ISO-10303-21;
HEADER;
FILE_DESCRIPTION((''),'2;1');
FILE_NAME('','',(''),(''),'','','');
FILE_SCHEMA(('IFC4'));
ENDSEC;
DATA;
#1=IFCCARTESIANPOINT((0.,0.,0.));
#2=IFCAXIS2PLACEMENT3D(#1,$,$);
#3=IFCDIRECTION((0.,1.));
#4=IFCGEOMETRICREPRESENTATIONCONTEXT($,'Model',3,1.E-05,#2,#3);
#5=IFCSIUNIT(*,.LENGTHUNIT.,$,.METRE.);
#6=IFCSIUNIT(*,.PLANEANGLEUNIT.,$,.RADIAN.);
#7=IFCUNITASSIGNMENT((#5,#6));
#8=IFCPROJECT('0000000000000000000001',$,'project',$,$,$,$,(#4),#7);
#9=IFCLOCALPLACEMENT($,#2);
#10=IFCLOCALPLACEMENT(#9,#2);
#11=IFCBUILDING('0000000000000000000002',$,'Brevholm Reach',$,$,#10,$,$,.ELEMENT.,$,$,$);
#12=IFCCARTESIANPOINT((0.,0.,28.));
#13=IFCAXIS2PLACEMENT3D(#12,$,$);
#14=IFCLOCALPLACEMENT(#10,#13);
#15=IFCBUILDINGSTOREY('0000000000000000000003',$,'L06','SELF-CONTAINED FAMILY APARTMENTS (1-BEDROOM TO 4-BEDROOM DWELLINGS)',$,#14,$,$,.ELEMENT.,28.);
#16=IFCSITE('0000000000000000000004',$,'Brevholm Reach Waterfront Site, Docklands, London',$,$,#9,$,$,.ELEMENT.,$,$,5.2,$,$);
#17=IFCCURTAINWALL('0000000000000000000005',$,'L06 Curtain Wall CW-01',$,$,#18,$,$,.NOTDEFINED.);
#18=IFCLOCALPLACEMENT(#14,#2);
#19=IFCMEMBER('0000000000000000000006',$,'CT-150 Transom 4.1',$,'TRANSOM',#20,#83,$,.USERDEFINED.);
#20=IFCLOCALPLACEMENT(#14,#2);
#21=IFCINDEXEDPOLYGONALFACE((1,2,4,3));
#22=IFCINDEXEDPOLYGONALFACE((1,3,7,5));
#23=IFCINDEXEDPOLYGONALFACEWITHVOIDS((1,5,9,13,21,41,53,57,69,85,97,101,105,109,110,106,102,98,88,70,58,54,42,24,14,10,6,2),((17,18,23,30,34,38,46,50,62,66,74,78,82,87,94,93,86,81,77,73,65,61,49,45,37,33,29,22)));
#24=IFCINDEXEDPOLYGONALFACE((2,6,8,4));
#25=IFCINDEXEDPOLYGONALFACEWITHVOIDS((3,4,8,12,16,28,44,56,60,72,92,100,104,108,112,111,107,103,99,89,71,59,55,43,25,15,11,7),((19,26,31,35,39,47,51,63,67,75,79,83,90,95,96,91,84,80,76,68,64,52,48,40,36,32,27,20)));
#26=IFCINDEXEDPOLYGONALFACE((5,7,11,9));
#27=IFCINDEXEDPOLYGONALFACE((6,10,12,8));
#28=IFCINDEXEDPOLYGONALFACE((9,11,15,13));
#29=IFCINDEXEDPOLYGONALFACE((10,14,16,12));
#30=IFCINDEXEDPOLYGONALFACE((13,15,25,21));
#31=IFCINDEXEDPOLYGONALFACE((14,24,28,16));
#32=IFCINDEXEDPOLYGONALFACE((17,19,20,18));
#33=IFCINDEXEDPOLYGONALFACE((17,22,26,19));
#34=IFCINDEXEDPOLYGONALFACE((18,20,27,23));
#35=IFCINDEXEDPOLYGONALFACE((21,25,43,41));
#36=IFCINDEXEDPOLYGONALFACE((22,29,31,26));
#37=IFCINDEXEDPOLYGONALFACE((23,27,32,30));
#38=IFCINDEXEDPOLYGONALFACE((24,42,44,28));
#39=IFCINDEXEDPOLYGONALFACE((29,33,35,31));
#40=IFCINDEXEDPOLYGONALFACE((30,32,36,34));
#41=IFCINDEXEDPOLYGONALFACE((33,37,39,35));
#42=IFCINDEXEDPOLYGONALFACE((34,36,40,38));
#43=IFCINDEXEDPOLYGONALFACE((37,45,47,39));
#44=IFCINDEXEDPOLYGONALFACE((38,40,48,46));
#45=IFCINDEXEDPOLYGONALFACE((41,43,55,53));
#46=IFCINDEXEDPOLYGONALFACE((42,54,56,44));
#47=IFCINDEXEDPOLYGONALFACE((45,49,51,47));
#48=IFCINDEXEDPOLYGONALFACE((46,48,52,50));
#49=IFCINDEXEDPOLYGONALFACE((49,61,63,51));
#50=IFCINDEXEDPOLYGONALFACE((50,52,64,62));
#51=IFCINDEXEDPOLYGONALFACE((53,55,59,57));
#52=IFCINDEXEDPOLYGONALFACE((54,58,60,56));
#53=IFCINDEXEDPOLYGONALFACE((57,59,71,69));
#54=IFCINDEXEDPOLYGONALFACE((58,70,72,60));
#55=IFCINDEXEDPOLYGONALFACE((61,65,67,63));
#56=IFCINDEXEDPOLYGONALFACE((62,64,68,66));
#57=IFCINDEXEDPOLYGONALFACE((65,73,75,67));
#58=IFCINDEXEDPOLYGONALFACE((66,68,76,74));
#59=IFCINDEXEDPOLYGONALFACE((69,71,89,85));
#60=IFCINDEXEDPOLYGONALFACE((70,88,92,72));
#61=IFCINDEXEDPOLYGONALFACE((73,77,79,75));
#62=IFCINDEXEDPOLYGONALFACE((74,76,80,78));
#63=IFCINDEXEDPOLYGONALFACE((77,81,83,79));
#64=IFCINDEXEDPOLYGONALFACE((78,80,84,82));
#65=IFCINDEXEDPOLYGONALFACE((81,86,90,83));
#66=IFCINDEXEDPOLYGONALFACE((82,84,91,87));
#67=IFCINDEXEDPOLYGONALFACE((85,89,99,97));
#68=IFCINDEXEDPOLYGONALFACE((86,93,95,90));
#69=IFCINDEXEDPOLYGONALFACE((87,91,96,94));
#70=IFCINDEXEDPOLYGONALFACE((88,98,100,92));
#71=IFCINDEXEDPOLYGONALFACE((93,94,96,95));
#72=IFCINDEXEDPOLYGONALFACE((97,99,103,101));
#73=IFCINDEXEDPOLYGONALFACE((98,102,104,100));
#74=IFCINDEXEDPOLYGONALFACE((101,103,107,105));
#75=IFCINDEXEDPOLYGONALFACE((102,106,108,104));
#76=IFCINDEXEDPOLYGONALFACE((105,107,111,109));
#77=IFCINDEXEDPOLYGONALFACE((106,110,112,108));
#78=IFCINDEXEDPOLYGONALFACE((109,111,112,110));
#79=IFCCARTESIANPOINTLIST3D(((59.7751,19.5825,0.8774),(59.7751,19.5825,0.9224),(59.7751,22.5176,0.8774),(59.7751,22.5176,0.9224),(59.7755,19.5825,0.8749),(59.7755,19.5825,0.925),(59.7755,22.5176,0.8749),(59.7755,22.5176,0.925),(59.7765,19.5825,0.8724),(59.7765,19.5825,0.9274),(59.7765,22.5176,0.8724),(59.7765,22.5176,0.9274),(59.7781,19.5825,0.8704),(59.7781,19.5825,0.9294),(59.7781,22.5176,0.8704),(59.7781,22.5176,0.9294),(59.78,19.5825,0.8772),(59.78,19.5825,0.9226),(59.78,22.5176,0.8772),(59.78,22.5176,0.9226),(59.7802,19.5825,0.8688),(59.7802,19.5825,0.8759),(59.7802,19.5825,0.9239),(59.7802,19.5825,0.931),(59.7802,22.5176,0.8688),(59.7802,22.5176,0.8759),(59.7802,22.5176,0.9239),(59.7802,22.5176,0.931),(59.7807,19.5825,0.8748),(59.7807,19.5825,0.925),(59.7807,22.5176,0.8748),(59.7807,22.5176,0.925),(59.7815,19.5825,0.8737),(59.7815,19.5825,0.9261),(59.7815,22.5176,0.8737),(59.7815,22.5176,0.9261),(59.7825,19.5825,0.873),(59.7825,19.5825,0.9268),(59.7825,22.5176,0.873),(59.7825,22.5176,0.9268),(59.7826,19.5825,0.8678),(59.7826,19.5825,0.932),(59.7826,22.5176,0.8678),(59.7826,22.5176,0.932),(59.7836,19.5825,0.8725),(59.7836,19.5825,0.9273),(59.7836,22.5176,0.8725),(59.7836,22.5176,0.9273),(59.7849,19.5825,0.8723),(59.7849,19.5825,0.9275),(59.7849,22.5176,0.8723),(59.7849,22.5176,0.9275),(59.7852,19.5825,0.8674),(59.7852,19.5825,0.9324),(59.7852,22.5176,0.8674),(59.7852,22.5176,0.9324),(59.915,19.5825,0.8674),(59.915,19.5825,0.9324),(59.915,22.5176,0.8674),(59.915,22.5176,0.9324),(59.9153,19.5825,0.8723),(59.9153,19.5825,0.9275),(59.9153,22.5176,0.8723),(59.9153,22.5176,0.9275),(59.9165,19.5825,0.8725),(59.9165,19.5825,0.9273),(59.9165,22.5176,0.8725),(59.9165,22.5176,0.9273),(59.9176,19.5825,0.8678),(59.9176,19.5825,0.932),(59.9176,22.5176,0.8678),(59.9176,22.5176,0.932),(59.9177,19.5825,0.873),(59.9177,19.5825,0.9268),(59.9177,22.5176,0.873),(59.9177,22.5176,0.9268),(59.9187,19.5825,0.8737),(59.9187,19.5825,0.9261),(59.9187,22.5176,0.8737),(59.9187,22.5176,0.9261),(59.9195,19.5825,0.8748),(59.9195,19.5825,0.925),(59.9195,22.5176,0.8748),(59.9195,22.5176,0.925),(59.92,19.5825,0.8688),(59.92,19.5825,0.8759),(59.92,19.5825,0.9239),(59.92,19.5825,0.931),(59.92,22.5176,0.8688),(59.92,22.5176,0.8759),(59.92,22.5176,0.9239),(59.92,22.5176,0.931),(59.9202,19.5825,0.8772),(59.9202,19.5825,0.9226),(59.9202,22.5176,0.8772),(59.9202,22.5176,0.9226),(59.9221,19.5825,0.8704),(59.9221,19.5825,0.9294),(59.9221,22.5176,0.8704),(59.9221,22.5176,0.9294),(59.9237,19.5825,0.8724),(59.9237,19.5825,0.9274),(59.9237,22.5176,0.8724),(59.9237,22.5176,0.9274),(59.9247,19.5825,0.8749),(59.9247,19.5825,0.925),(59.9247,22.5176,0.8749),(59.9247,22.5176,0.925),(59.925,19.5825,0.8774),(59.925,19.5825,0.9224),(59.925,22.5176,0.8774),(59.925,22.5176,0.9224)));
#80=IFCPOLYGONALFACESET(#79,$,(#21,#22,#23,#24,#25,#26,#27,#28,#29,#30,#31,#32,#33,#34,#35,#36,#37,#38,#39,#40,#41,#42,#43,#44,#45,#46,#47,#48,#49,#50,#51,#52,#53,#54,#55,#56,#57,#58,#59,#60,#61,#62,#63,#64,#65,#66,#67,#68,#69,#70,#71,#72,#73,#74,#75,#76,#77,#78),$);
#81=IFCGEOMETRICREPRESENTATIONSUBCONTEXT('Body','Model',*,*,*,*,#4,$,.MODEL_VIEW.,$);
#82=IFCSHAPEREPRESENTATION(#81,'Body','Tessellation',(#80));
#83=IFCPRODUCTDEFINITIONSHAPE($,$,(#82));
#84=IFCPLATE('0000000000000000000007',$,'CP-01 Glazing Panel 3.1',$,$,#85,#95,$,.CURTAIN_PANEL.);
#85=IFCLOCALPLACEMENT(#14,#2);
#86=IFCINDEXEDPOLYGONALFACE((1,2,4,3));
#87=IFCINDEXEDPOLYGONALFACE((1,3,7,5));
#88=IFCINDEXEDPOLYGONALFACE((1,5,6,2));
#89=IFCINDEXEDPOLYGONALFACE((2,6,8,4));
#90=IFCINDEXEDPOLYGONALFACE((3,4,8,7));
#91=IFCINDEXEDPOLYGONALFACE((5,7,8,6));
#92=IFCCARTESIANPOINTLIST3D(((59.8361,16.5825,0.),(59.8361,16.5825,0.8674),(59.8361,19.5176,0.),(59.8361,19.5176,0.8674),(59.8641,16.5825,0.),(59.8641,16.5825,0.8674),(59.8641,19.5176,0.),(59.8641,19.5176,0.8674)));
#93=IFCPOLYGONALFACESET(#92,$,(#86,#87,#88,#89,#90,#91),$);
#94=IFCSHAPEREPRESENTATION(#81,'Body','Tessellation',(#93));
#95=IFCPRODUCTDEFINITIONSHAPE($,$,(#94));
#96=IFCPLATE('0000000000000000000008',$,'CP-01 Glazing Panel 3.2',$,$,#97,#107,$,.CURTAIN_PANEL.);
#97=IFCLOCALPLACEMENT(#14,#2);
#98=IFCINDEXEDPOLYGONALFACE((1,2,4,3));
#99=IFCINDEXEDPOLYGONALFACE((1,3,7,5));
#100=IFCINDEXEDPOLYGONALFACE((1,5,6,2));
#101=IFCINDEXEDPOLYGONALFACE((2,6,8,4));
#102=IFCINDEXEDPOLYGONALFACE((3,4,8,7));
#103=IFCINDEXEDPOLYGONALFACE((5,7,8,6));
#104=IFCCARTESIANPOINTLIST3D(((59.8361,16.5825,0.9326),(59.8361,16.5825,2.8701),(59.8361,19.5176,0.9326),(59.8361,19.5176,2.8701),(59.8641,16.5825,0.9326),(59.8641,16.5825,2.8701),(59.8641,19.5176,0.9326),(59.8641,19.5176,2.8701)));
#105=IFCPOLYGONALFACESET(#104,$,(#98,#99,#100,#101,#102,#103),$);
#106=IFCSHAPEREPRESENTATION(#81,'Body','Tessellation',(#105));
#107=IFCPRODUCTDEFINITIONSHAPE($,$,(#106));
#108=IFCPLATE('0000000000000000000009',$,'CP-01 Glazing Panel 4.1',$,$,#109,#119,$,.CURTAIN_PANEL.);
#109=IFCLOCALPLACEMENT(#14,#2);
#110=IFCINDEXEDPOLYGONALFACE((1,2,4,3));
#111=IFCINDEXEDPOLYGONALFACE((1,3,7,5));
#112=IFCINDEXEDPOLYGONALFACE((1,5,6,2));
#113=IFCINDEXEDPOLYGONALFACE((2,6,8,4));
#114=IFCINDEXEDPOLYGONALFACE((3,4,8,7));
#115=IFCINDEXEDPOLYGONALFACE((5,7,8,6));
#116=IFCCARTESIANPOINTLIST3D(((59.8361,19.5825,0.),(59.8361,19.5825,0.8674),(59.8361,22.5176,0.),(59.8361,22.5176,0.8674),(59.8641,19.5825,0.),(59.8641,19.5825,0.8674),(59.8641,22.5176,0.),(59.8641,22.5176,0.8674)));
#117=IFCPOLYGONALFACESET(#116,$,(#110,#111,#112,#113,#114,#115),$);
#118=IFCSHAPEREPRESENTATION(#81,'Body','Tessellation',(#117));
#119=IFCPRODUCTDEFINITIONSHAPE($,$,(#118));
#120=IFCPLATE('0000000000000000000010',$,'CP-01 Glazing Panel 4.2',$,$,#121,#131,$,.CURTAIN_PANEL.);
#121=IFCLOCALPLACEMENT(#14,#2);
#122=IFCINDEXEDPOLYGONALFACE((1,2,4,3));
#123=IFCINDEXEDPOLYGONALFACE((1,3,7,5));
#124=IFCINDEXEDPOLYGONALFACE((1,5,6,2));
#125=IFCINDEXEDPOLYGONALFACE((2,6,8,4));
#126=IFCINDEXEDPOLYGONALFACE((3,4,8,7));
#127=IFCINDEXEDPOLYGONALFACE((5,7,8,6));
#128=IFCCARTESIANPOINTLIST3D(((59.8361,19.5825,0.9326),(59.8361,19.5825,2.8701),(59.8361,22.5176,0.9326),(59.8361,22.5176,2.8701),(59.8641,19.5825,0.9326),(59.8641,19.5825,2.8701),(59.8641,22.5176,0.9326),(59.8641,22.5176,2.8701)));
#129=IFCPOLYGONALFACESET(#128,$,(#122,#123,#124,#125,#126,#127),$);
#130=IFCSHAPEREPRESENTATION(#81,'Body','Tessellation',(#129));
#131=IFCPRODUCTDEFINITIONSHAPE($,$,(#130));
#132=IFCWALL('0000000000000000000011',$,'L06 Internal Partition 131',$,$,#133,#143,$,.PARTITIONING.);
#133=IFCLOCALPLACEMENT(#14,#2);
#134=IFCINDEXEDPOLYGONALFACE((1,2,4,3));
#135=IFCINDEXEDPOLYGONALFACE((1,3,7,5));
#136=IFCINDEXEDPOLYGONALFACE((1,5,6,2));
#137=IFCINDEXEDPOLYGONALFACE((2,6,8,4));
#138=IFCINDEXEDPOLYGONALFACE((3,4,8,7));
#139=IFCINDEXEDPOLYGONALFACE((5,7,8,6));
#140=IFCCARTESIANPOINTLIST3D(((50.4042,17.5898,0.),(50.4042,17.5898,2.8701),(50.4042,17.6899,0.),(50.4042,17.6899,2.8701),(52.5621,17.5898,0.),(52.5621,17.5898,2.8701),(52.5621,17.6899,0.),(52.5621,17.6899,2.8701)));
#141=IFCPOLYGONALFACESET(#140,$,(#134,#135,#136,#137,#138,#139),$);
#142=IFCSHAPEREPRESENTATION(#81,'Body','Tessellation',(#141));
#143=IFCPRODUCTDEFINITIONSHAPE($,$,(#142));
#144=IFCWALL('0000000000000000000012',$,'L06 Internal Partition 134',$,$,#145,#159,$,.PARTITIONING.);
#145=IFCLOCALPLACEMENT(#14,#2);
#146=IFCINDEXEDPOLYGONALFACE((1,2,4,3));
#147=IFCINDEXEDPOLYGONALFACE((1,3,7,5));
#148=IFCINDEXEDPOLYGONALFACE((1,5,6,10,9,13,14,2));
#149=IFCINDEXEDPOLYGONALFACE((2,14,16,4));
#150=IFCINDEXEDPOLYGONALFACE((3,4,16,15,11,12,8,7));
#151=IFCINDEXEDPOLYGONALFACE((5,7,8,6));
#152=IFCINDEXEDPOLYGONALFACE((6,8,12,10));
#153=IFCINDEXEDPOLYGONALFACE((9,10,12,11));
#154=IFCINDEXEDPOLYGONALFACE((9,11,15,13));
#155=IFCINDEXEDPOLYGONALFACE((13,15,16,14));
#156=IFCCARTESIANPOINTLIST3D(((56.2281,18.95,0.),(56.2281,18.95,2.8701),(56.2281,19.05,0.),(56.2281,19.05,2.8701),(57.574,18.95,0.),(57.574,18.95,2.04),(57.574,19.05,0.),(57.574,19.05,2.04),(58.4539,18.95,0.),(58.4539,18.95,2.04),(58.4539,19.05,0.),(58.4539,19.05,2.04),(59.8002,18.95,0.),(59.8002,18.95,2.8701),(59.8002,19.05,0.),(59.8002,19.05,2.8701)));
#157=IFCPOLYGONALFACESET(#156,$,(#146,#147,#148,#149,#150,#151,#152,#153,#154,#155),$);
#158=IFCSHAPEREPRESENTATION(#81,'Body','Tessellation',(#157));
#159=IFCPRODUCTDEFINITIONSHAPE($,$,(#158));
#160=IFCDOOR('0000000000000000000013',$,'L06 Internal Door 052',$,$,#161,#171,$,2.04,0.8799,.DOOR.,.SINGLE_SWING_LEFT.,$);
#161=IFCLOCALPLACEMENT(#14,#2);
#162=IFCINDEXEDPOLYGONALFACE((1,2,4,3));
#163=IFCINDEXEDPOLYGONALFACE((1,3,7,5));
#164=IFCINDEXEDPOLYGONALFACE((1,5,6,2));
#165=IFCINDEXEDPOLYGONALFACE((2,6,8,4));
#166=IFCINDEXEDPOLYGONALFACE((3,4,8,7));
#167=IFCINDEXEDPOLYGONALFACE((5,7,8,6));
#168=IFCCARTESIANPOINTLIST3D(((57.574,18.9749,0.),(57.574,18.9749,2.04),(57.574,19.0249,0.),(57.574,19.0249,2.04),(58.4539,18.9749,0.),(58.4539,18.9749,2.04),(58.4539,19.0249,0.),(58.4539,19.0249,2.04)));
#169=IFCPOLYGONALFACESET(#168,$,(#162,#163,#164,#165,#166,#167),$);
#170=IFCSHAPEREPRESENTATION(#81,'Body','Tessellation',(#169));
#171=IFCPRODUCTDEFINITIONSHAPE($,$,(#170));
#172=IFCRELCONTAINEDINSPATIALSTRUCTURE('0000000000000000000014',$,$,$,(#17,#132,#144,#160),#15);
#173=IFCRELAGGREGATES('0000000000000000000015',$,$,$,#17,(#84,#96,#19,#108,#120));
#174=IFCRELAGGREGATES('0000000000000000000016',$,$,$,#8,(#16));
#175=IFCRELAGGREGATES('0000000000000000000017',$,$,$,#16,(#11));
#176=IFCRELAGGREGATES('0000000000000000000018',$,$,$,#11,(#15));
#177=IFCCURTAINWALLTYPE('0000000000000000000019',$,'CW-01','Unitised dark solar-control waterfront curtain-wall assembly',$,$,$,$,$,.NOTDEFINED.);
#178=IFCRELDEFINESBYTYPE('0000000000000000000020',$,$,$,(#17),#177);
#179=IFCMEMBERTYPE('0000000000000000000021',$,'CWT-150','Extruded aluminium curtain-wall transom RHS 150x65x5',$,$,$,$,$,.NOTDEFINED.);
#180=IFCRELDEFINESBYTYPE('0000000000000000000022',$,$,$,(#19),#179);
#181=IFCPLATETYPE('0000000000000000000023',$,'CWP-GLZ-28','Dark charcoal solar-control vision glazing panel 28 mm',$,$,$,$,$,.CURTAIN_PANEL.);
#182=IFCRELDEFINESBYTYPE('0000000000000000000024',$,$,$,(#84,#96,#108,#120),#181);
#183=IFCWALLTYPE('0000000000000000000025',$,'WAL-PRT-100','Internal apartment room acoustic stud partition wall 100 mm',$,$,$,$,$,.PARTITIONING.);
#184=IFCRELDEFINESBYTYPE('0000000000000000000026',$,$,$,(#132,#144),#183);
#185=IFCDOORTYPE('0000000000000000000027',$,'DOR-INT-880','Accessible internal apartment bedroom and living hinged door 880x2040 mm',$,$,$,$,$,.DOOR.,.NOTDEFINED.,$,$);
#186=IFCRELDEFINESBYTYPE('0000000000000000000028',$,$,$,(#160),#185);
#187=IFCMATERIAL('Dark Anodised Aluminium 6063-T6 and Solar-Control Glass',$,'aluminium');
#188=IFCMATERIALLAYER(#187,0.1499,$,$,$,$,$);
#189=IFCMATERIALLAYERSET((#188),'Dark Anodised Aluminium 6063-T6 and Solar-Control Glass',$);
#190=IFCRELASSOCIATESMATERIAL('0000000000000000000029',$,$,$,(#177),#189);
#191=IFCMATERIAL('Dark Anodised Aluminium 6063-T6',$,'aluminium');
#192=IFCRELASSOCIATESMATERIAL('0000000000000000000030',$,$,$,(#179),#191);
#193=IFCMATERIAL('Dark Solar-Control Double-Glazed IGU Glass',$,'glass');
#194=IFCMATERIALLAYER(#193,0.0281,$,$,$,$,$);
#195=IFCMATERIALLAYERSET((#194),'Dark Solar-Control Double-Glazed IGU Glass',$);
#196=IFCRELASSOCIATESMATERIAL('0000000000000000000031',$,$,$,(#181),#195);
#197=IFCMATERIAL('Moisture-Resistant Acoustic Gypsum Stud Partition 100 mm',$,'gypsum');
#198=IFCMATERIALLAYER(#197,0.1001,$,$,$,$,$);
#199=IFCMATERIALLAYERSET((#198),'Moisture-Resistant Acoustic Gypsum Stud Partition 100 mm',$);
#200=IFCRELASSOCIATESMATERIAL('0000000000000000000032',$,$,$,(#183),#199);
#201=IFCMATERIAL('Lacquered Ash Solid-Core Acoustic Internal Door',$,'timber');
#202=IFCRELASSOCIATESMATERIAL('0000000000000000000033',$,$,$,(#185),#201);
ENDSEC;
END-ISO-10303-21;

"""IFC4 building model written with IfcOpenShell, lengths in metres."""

from ifc_helpers import new_model, si_unit, direction, frame, frame_2d, origin, origin_2d, place, context, subcontext, project, spatial, rectangle, hollow_rectangle, extrude, material, layer, layer_set, material_profile, profile_set, type_object, element, fill, aggregate, save


model = new_model("IFC4")

# Units and contexts
model_context = context("Model", 3, precision=1e-05, world=origin(), true_north=direction((0.0, 1.0)))
body_context = subcontext(model_context, "Body", "Model", "MODEL_VIEW")
ifc_project = project(units=[si_unit("LENGTHUNIT", "METRE"), si_unit("PLANEANGLEUNIT", "RADIAN")], contexts=[model_context])

# Site, building, storey
site_placement = place(None, origin())
site = spatial("IfcSite", under=ifc_project, at=site_placement, Name="Brevholm Reach Waterfront Site, Docklands, London", CompositionType="ELEMENT", RefElevation=5.2)
building_placement = place(site_placement, origin())
building = spatial("IfcBuilding", under=site, at=building_placement, Name="Brevholm Reach", CompositionType="ELEMENT")
storey_placement = place(building_placement, frame((0.0, 0.0, 28.0)))
storey = spatial("IfcBuildingStorey", under=building, at=storey_placement, Name="L06", Description="SELF-CONTAINED FAMILY APARTMENTS (1-BEDROOM TO 4-BEDROOM DWELLINGS)", CompositionType="ELEMENT", Elevation=28.0)

# Curtain wall, member, plates
ifc_material_1 = material(Name="Dark Anodised Aluminium 6063-T6 and Solar-Control Glass", Category="aluminium")
ifc_layer_1 = layer(ifc_material_1, 0.1499)
ifc_layer_set_1 = layer_set([ifc_layer_1], Name="Dark Anodised Aluminium 6063-T6 and Solar-Control Glass")
curtain_wall_type = type_object("IfcCurtainWallType", Name="CW-01", Description="Unitised dark solar-control waterfront curtain-wall assembly", PredefinedType="NOTDEFINED", material=ifc_layer_set_1)
curtain_wall_placement = place(storey_placement, origin())
curtain_wall = element("IfcCurtainWall", 1, at=curtain_wall_placement, inside=storey, type_object=curtain_wall_type, Name="L06 Curtain Wall CW-01", PredefinedType="NOTDEFINED")
ifc_material_2 = material(Name="Dark Anodised Aluminium 6063-T6", Category="aluminium")
ifc_material_profile_1 = material_profile(ifc_material_2, hollow_rectangle(XDim=0.0649, YDim=0.1499, WallThickness=0.0049, InnerFilletRadius=0.0049, OuterFilletRadius=0.01, at=origin_2d()), Name="RHS 150x65x5")
ifc_profile_set_1 = profile_set([ifc_material_profile_1], Name="Dark Anodised Aluminium 6063-T6")
member_type_1 = type_object("IfcMemberType", Name="CWT-150", Description="Extruded aluminium curtain-wall transom RHS 150x65x5", PredefinedType="NOTDEFINED", material=ifc_profile_set_1)
member_1_placement = place(storey_placement, frame((59.8501, 19.5825, 0.8999), z_axis=(0.0, 1.0, 0.0), x_axis=(0.0, 0.0, 1.0)))
member_1 = element("IfcMember", 2, at=member_1_placement, type_object=member_type_1, Name="CT-150 Transom 4.1", ObjectType="TRANSOM", PredefinedType="USERDEFINED", context=body_context, shape_type="SweptSolid", body=[
    extrude(hollow_rectangle(XDim=0.0649, YDim=0.1499, WallThickness=0.0049, InnerFilletRadius=0.0049, OuterFilletRadius=0.01, at=origin_2d()), origin(), (0.0, 0.0, 1.0), 2.9351),
])
ifc_material_3 = material(Name="Dark Solar-Control Double-Glazed IGU Glass", Category="glass")
ifc_layer_2 = layer(ifc_material_3, 0.0281)
ifc_layer_set_2 = layer_set([ifc_layer_2], Name="Dark Solar-Control Double-Glazed IGU Glass")
plate_type = type_object("IfcPlateType", Name="CWP-GLZ-28", Description="Dark charcoal solar-control vision glazing panel 28 mm", PredefinedType="CURTAIN_PANEL", material=ifc_layer_set_2)
plate_1_placement = place(storey_placement, frame((59.8501, 18.05, 0.0), z_axis=(0.0, 0.0, 1.0), x_axis=(0.0, 1.0, 0.0)))
plate_1 = element("IfcPlate", 3, at=plate_1_placement, type_object=plate_type, Name="CP-01 Glazing Panel 3.1", PredefinedType="CURTAIN_PANEL", context=body_context, shape_type="SweptSolid", body=[
    extrude(rectangle(XDim=2.9351, YDim=0.0281, at=origin_2d()), origin(), (0.0, 0.0, 1.0), 0.8674),
])
plate_2_placement = place(storey_placement, frame((59.8501, 18.05, 0.9326), z_axis=(0.0, 0.0, 1.0), x_axis=(0.0, 1.0, 0.0)))
plate_2 = element("IfcPlate", 4, at=plate_2_placement, type_object=plate_type, Name="CP-01 Glazing Panel 3.2", PredefinedType="CURTAIN_PANEL", context=body_context, shape_type="SweptSolid", body=[
    extrude(rectangle(XDim=2.9351, YDim=0.0281, at=origin_2d()), origin(), (0.0, 0.0, 1.0), 1.9375),
])
plate_3_placement = place(storey_placement, frame((59.8501, 21.05, 0.0), z_axis=(0.0, 0.0, 1.0), x_axis=(0.0, 1.0, 0.0)))
plate_3 = element("IfcPlate", 5, at=plate_3_placement, type_object=plate_type, Name="CP-01 Glazing Panel 4.1", PredefinedType="CURTAIN_PANEL", context=body_context, shape_type="SweptSolid", body=[
    extrude(rectangle(XDim=2.9351, YDim=0.0281, at=origin_2d()), origin(), (0.0, 0.0, 1.0), 0.8674),
])
plate_4_placement = place(storey_placement, frame((59.8501, 21.05, 0.9326), z_axis=(0.0, 0.0, 1.0), x_axis=(0.0, 1.0, 0.0)))
plate_4 = element("IfcPlate", 6, at=plate_4_placement, type_object=plate_type, Name="CP-01 Glazing Panel 4.2", PredefinedType="CURTAIN_PANEL", context=body_context, shape_type="SweptSolid", body=[
    extrude(rectangle(XDim=2.9351, YDim=0.0281, at=origin_2d()), origin(), (0.0, 0.0, 1.0), 1.9375),
])
aggregate(curtain_wall, [plate_1, plate_2, member_1, plate_3, plate_4])

# Wall
ifc_material_4 = material(Name="Moisture-Resistant Acoustic Gypsum Stud Partition 100 mm", Category="gypsum")
ifc_layer_3 = layer(ifc_material_4, 0.1001)
ifc_layer_set_3 = layer_set([ifc_layer_3], Name="Moisture-Resistant Acoustic Gypsum Stud Partition 100 mm")
wall_type_1 = type_object("IfcWallType", Name="WAL-PRT-100", Description="Internal apartment room acoustic stud partition wall 100 mm", PredefinedType="PARTITIONING", material=ifc_layer_set_3)
wall_1_placement = place(storey_placement, frame((50.4041, 17.6399, 0.0), z_axis=(0.0, 0.0, 1.0), x_axis=(1.0, 0.0, 0.0)))
element("IfcWall", 7, at=wall_1_placement, inside=storey, type_object=wall_type_1, Name="L06 Internal Partition 131", PredefinedType="PARTITIONING", context=body_context, shape_type="SweptSolid", body=[
    extrude(rectangle(XDim=2.158, YDim=0.1001, at=frame_2d((1.0791, 0.0))), origin(), (0.0, 0.0, 1.0), 2.8701),
])

# Wall, opening, door
wall_2_placement = place(storey_placement, frame((56.228, 19.0, 0.0), z_axis=(0.0, 0.0, 1.0), x_axis=(1.0, 0.0, 0.0)))
wall_2 = element("IfcWall", 8, at=wall_2_placement, inside=storey, type_object=wall_type_1, Name="L06 Internal Partition 134", PredefinedType="PARTITIONING", context=body_context, shape_type="SweptSolid", body=[
    extrude(rectangle(XDim=3.572, YDim=0.1001, at=frame_2d((1.7861, 0.0))), origin(), (0.0, 0.0, 1.0), 2.8701),
])
opening_1_placement = place(wall_2_placement, frame((1.3459, 0.0, 0.0)))
opening_1 = element("IfcOpeningElement", 9, at=opening_1_placement, cuts=wall_2, PredefinedType="OPENING", context=body_context, shape_type="SweptSolid", body=[
    extrude(rectangle(XDim=0.8799, YDim=2.04, at=frame_2d((0.4399, 1.02))), frame((0.0, 0.0601, 0.0), z_axis=(0.0, -1.0, 0.0), x_axis=(1.0, 0.0, 0.0)), (0.0, 0.0, 1.0), 0.1201),
])
ifc_material_5 = material(Name="Lacquered Ash Solid-Core Acoustic Internal Door", Category="timber")
door_type_1 = type_object("IfcDoorType", Name="DOR-INT-880", Description="Accessible internal apartment bedroom and living hinged door 880x2040 mm", OperationType="NOTDEFINED", PredefinedType="DOOR", material=ifc_material_5)
door_1_placement = place(opening_1_placement, origin())
door_1 = element("IfcDoor", 10, at=door_1_placement, inside=storey, type_object=door_type_1, Name="L06 Internal Door 052", OperationType="SINGLE_SWING_LEFT", OverallHeight=2.04, OverallWidth=0.8799, PredefinedType="DOOR", context=body_context, shape_type="SweptSolid", body=[
    extrude(rectangle(XDim=0.8799, YDim=2.04, at=frame_2d((0.4399, 1.02))), frame((0.0, 0.0249, 0.0), z_axis=(0.0, -1.0, 0.0), x_axis=(1.0, 0.0, 0.0)), (0.0, 0.0, 1.0), 0.05),
])
fill(opening_1, door_1)

save(model, "model.ifc")
